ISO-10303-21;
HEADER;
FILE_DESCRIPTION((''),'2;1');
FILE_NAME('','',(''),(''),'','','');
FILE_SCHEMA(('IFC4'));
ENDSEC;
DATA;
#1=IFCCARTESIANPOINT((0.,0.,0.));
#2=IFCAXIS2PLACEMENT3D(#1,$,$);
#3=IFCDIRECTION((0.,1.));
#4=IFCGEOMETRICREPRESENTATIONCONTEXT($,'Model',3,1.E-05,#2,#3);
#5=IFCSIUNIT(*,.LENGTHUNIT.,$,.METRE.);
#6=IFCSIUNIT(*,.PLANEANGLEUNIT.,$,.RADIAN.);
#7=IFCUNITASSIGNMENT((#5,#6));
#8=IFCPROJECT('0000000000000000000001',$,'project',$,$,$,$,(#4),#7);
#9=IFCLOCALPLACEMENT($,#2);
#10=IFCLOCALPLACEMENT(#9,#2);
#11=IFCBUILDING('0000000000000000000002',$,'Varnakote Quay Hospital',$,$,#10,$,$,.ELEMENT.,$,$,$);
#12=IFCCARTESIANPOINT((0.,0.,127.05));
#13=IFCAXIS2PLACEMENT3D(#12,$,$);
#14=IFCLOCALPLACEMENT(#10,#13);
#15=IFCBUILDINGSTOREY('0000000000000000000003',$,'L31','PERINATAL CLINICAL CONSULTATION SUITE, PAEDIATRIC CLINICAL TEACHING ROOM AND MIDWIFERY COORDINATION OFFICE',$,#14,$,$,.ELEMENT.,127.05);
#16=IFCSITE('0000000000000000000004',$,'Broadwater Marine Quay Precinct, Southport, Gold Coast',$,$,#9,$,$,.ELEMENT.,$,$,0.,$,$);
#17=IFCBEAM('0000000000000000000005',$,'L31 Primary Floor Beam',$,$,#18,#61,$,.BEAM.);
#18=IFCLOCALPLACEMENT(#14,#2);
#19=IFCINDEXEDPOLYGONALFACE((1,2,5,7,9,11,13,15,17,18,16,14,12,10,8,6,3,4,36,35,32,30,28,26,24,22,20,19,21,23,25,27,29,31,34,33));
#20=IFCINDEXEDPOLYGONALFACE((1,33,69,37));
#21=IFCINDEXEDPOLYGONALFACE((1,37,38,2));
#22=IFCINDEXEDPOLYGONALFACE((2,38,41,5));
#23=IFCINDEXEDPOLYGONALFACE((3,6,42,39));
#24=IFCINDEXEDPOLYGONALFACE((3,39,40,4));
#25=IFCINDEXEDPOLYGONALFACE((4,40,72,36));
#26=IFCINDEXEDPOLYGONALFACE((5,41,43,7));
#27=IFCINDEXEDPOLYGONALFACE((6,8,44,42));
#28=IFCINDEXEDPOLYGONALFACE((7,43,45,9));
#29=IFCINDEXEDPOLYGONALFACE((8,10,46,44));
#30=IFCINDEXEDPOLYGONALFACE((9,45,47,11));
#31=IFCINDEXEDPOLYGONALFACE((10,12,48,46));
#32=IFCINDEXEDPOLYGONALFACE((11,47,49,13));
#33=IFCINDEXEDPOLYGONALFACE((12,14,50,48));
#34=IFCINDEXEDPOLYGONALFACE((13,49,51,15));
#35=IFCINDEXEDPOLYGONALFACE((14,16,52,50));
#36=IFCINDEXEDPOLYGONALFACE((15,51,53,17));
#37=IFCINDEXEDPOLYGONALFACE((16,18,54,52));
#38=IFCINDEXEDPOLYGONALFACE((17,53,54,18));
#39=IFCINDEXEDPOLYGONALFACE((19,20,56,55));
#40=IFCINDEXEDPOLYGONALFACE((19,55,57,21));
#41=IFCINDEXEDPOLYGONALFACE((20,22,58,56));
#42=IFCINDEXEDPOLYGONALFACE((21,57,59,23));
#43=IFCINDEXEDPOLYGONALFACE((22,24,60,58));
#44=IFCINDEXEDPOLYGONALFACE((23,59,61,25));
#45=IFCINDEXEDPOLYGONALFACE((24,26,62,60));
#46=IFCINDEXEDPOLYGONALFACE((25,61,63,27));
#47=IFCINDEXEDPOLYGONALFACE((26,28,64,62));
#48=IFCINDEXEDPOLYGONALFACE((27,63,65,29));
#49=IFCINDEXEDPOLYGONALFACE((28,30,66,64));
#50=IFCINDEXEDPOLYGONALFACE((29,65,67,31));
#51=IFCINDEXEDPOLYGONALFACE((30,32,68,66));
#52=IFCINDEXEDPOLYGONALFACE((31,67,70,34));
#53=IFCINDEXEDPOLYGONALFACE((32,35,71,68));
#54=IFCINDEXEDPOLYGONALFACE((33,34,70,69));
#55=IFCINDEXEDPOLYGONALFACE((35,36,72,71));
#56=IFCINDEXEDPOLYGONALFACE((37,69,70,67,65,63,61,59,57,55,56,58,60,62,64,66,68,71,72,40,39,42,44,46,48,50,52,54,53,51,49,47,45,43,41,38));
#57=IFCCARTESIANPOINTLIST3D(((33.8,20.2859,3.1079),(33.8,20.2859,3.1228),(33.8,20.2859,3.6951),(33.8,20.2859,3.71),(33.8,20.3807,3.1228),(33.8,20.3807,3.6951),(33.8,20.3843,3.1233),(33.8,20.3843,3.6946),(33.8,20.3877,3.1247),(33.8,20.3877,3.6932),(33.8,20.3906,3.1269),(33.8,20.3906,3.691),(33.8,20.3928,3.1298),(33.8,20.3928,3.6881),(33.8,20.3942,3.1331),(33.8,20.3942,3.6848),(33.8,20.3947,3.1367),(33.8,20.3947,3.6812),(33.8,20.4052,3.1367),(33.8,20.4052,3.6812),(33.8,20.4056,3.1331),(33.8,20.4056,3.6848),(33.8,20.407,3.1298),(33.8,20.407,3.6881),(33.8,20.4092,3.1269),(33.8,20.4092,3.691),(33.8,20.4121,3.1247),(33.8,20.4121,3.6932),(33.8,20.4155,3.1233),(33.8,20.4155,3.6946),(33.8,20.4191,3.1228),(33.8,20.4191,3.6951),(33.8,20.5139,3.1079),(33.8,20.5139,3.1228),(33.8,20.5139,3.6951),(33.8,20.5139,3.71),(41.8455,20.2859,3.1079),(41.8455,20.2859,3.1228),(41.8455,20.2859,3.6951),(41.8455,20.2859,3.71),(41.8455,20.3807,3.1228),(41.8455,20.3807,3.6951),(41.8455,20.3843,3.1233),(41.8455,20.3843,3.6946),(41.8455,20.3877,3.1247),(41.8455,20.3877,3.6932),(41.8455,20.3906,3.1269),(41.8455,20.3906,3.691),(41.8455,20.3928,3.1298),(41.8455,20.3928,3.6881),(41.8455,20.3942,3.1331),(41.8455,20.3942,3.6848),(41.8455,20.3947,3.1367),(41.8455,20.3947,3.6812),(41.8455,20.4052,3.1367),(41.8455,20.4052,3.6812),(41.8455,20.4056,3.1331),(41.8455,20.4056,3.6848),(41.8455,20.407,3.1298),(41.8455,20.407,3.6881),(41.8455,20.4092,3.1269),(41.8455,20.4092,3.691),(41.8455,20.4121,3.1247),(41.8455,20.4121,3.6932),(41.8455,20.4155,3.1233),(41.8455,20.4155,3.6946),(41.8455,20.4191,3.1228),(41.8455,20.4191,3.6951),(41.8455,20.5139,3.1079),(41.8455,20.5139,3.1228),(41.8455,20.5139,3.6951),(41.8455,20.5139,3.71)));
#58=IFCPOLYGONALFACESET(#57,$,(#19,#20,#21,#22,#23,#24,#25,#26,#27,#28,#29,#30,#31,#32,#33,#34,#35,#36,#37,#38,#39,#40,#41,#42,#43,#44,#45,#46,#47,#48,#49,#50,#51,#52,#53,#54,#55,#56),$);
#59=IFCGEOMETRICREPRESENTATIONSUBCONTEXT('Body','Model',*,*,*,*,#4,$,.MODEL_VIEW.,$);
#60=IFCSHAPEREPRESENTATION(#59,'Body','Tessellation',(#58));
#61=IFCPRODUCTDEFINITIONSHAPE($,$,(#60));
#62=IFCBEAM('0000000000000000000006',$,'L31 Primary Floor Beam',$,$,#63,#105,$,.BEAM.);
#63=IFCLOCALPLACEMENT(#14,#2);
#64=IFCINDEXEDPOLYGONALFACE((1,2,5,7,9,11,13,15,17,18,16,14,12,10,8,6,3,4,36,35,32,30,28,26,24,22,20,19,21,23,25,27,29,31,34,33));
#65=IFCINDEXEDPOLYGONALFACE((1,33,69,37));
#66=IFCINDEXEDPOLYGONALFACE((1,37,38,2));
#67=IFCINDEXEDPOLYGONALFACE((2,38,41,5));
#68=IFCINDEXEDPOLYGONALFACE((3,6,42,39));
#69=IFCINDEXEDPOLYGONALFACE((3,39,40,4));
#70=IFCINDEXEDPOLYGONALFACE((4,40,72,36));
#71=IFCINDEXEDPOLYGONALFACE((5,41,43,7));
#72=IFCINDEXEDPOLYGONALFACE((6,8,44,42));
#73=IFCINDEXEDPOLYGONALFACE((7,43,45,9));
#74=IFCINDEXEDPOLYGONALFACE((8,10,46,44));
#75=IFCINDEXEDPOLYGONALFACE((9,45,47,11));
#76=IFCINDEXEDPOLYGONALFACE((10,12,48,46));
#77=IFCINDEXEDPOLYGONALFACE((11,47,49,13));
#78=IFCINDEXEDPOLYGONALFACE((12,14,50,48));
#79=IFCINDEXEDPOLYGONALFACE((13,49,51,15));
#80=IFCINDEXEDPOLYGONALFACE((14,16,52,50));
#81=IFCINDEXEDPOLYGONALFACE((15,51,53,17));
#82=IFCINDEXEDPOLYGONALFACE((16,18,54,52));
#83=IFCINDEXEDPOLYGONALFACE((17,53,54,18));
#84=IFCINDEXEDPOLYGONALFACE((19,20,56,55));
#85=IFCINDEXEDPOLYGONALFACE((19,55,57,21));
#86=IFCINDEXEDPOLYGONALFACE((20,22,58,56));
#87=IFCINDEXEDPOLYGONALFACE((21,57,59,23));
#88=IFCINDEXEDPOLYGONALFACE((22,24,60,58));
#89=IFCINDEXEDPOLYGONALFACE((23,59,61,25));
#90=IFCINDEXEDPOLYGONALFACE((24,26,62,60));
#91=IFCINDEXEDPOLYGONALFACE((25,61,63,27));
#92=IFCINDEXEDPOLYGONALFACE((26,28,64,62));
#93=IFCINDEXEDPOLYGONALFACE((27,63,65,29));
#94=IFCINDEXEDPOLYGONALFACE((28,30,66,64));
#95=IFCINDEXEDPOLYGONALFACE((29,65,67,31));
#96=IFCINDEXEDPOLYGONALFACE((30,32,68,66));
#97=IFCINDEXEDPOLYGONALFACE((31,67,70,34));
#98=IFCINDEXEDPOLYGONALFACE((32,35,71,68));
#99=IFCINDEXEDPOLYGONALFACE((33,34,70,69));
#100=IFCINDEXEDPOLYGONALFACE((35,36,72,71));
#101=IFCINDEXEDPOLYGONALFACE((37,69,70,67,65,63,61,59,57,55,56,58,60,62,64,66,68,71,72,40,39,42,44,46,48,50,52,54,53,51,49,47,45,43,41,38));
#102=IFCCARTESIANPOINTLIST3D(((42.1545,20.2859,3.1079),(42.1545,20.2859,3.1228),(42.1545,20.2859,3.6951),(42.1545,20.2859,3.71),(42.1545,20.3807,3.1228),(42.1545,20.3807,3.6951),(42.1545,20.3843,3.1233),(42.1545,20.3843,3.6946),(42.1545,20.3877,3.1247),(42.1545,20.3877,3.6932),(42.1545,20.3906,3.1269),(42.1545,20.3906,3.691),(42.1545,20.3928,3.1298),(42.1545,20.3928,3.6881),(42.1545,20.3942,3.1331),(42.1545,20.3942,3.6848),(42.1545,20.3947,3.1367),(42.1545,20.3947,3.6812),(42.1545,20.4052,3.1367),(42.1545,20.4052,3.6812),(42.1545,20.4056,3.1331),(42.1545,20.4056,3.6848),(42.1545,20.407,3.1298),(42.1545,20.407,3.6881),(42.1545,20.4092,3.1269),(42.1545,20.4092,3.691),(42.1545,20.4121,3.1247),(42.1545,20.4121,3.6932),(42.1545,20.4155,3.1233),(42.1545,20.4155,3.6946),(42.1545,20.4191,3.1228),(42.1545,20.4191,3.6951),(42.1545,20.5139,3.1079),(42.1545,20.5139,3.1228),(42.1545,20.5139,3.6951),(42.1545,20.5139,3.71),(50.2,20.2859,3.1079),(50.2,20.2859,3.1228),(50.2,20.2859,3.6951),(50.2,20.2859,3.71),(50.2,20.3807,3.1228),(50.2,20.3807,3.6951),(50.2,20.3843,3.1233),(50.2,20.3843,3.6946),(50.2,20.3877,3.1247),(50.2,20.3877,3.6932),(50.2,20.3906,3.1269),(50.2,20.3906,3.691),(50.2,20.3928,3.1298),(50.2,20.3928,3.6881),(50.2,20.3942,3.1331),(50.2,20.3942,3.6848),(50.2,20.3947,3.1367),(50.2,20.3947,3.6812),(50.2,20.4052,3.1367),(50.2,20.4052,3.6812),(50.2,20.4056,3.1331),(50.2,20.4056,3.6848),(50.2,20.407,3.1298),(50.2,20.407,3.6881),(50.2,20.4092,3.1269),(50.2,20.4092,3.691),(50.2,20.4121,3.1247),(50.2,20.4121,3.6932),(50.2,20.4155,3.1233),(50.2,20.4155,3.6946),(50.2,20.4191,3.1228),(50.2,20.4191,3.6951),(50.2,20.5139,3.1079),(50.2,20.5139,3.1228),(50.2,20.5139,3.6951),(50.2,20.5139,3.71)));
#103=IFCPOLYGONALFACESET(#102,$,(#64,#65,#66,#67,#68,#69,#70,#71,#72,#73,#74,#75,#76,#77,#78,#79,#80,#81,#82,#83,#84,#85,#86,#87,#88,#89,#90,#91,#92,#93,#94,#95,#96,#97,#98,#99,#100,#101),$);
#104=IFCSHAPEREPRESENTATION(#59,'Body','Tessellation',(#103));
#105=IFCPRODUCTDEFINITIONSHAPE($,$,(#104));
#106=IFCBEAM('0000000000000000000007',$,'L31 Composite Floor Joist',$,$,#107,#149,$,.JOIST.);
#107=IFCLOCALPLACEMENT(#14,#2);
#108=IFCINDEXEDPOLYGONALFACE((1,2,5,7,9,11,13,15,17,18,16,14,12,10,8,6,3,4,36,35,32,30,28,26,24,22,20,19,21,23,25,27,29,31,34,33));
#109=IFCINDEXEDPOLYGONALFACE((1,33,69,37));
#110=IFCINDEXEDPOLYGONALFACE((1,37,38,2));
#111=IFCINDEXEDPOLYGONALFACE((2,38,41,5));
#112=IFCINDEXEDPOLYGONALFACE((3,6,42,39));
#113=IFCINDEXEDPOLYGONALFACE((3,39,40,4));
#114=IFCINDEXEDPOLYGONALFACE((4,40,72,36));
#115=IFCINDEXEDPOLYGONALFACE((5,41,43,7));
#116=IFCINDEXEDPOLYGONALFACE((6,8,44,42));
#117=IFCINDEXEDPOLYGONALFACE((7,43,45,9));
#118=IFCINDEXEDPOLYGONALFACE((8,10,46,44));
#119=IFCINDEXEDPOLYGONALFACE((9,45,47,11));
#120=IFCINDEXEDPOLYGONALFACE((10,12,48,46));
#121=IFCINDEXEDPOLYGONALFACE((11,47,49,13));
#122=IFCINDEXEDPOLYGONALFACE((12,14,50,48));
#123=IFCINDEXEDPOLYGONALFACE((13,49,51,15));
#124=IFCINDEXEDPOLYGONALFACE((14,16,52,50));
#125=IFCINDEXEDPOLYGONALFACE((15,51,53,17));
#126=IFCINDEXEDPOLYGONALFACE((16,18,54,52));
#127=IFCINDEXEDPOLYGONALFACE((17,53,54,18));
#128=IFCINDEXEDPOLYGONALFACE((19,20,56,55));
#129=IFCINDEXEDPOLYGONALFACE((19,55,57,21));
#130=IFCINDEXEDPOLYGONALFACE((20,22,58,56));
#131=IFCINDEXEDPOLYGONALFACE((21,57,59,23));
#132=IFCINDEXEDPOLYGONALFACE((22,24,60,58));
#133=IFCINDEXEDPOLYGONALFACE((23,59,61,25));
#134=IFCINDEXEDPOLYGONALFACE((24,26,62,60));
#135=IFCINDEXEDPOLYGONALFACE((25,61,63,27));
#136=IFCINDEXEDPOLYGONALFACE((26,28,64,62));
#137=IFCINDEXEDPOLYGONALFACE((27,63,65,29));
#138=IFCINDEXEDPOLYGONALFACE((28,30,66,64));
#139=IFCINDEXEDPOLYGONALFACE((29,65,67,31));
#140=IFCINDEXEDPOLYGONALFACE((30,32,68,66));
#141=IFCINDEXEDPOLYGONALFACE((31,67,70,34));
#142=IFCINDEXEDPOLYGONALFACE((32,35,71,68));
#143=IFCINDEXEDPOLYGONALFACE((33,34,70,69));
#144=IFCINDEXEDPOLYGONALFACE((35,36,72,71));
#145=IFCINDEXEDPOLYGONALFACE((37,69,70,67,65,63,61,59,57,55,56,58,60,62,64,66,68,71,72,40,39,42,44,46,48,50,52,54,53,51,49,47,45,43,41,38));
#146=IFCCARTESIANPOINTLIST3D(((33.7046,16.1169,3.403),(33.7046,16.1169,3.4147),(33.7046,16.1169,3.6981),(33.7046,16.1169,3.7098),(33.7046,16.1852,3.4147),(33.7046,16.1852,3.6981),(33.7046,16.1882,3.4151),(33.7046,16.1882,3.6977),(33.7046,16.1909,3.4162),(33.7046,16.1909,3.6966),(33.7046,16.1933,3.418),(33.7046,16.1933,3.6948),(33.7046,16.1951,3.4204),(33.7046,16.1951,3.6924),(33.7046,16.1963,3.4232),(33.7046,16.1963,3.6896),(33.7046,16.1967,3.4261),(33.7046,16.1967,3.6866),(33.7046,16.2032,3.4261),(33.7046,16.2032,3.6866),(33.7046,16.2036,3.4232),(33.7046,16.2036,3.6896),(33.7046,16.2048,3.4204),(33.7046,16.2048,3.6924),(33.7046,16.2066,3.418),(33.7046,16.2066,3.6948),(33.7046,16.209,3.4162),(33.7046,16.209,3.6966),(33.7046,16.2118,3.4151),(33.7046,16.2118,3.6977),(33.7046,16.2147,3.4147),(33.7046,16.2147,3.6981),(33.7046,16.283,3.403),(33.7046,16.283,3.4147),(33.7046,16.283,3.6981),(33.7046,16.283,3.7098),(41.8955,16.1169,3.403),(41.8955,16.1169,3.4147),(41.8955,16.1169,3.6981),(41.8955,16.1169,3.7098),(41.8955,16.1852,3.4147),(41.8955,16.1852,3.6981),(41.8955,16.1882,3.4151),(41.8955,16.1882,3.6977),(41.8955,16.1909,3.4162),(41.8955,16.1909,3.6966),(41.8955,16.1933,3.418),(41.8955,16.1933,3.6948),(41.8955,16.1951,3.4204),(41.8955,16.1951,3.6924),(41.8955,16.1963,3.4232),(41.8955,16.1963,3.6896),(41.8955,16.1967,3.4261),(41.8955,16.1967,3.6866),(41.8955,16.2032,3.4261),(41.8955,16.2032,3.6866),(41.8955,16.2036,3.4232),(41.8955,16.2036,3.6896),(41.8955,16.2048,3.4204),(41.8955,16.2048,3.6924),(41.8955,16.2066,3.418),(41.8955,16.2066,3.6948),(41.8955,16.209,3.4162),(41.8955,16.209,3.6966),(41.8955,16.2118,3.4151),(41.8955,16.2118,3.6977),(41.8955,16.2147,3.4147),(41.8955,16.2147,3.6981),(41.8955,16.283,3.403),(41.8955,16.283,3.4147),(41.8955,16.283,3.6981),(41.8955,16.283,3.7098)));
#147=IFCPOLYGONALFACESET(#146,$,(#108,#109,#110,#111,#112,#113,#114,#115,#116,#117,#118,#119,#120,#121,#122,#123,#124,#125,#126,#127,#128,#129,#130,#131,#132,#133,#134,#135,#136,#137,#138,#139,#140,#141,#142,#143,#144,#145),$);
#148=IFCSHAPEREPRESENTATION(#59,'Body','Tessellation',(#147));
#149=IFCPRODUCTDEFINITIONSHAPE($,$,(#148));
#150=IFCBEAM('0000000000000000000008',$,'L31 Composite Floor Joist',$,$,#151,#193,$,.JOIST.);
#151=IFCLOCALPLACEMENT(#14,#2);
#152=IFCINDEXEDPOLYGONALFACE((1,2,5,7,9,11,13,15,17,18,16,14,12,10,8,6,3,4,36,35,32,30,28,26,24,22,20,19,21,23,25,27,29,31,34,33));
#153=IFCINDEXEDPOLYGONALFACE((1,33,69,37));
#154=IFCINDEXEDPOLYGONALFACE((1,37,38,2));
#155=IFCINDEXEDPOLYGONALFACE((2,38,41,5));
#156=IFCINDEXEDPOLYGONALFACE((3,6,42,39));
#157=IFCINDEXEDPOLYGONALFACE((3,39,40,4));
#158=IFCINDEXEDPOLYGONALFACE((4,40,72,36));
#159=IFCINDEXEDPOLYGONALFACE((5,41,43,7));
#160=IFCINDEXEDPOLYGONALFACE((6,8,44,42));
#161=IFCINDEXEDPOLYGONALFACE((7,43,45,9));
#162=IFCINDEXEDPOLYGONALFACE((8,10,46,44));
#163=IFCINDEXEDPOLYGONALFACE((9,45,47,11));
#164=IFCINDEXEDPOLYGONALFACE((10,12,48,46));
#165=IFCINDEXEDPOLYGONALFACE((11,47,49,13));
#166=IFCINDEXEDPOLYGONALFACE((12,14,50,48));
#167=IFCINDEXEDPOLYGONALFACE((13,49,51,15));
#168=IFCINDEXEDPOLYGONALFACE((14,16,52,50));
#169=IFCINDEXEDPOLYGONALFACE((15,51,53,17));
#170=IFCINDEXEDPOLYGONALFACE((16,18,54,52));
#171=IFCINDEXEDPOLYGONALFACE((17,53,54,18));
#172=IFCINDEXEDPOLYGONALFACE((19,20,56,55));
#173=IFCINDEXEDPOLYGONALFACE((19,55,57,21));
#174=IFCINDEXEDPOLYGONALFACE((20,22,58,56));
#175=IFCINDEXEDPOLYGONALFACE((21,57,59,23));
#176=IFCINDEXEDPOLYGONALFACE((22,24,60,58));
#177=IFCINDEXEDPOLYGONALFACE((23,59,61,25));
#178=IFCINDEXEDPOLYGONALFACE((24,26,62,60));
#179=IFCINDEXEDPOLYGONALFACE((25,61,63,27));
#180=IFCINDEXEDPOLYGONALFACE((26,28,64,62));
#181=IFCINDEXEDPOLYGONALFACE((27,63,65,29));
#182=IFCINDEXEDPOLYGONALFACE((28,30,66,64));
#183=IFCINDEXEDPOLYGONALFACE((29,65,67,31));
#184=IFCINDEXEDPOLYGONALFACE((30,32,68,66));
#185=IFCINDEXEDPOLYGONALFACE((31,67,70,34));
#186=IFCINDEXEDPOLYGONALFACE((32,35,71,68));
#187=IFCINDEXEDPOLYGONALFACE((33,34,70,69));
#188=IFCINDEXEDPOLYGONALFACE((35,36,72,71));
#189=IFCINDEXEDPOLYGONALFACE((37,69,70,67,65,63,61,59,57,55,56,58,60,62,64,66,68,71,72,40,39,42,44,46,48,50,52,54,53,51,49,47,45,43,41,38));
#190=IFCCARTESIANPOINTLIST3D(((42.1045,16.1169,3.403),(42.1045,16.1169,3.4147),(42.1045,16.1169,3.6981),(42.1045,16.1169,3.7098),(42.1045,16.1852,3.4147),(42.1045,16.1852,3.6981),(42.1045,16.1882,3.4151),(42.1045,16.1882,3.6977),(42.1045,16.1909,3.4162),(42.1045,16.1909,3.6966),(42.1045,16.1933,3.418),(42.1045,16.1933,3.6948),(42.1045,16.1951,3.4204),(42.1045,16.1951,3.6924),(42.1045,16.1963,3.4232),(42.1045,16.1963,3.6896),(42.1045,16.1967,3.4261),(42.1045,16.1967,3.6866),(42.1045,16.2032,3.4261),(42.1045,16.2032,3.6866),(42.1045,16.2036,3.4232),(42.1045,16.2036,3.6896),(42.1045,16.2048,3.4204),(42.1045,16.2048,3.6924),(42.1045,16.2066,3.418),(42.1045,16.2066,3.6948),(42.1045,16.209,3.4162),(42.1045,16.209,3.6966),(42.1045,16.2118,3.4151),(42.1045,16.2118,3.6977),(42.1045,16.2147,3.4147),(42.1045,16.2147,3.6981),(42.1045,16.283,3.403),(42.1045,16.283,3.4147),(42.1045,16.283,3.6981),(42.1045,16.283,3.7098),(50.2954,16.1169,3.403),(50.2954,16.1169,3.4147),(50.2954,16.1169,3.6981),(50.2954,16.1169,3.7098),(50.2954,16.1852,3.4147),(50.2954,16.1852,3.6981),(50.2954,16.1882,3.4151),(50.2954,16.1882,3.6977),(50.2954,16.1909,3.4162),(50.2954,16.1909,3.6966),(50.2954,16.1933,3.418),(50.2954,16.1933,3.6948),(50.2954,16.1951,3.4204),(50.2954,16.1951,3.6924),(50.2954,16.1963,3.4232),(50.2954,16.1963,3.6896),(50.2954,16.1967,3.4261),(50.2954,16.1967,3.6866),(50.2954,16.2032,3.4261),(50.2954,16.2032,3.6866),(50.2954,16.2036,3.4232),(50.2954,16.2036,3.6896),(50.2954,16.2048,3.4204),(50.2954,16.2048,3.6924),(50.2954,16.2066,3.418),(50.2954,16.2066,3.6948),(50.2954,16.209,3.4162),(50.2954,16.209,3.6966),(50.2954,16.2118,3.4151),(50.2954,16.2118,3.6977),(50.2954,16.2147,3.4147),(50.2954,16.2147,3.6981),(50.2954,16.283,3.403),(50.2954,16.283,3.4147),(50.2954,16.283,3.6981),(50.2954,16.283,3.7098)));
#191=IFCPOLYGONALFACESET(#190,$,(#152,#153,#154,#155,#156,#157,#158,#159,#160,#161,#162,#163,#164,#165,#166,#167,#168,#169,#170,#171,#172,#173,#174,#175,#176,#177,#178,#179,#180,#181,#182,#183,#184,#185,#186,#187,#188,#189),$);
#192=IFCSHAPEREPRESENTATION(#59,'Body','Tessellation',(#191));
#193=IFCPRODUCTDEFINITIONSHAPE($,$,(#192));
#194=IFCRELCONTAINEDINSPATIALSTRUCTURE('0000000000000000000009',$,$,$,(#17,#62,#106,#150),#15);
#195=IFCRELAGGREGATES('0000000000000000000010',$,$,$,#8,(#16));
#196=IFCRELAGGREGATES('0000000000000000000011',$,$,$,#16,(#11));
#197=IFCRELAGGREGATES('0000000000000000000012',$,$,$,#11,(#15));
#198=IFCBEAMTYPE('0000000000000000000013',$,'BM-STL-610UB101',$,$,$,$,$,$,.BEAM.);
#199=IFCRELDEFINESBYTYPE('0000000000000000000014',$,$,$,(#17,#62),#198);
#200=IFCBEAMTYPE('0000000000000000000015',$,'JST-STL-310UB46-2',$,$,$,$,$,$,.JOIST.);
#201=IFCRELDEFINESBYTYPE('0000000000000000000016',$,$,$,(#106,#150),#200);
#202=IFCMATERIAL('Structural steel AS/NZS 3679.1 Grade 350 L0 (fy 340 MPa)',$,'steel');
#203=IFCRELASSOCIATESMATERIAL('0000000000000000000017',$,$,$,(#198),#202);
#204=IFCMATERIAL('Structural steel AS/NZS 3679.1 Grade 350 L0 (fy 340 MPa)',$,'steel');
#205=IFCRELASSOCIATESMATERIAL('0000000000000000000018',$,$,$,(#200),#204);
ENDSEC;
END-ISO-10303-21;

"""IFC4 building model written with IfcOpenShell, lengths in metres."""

from ifc_helpers import new_model, si_unit, direction, frame, origin, origin_2d, place, context, subcontext, project, spatial, i_section, extrude, material, material_profile, profile_set, type_object, element, save


model = new_model("IFC4")

# Units and contexts
model_context = context("Model", 3, precision=1e-05, world=origin(), true_north=direction((0.0, 1.0)))
body_context = subcontext(model_context, "Body", "Model", "MODEL_VIEW")
ifc_project = project(units=[si_unit("LENGTHUNIT", "METRE"), si_unit("PLANEANGLEUNIT", "RADIAN")], contexts=[model_context])

# Site, building, storey
site_placement = place(None, origin())
site = spatial("IfcSite", under=ifc_project, at=site_placement, Name="Broadwater Marine Quay Precinct, Southport, Gold Coast", CompositionType="ELEMENT", RefElevation=0.0)
building_placement = place(site_placement, origin())
building = spatial("IfcBuilding", under=site, at=building_placement, Name="Varnakote Quay Hospital", CompositionType="ELEMENT")
storey_placement = place(building_placement, frame((0.0, 0.0, 127.05)))
storey = spatial("IfcBuildingStorey", under=building, at=storey_placement, Name="L31", Description="PERINATAL CLINICAL CONSULTATION SUITE, PAEDIATRIC CLINICAL TEACHING ROOM AND MIDWIFERY COORDINATION OFFICE", CompositionType="ELEMENT", Elevation=127.05)

# Beams
ifc_material_1 = material(Name="Structural steel AS/NZS 3679.1 Grade 350 L0 (fy 340 MPa)", Category="steel")
ifc_material_profile_1 = material_profile(ifc_material_1, i_section(OverallWidth=0.228, OverallDepth=0.6021, WebThickness=0.0105, FlangeThickness=0.0149, FilletRadius=0.0139, at=origin_2d()), Name="610UB101")
ifc_profile_set_1 = profile_set([ifc_material_profile_1], Name="Structural steel AS/NZS 3679.1 Grade 350 L0 (fy 340 MPa)")
beam_type_1 = type_object("IfcBeamType", Name="BM-STL-610UB101", PredefinedType="BEAM", material=ifc_profile_set_1)
for number, where, z_axis, x_axis, name in (
    (1, (33.8, 20.3999, 3.4089), (1.0, 0.0, 0.0), (0.0, 1.0, 0.0), "L31 Primary Floor Beam"),
    (2, (42.1545, 20.3999, 3.4089), (1.0, 0.0, 0.0), (0.0, 1.0, 0.0), "L31 Primary Floor Beam"),
):
    element("IfcBeam", number, at=place(storey_placement, frame(where, z_axis=z_axis, x_axis=x_axis)), inside=storey, type_object=beam_type_1, Name=name, PredefinedType="BEAM", context=body_context, shape_type="SweptSolid", body=[
        extrude(i_section(OverallWidth=0.228, OverallDepth=0.6021, WebThickness=0.0105, FlangeThickness=0.0149, FilletRadius=0.0139, at=origin_2d()), origin(), (0.0, 0.0, 1.0), 8.0454),
    ])
ifc_material_2 = material(Name="Structural steel AS/NZS 3679.1 Grade 350 L0 (fy 340 MPa)", Category="steel")
ifc_material_profile_2 = material_profile(ifc_material_2, i_section(OverallWidth=0.166, OverallDepth=0.3069, WebThickness=0.0066, FlangeThickness=0.0117, FilletRadius=0.0115, at=origin_2d()), Name="310UB46.2")
ifc_profile_set_2 = profile_set([ifc_material_profile_2], Name="Structural steel AS/NZS 3679.1 Grade 350 L0 (fy 340 MPa)")
beam_type_2 = type_object("IfcBeamType", Name="JST-STL-310UB46-2", PredefinedType="JOIST", material=ifc_profile_set_2)
for number, where, z_axis, x_axis, name in (
    (3, (33.7046, 16.2, 3.5564), (1.0, 0.0, 0.0), (0.0, 1.0, 0.0), "L31 Composite Floor Joist"),
    (4, (42.1045, 16.2, 3.5564), (1.0, 0.0, 0.0), (0.0, 1.0, 0.0), "L31 Composite Floor Joist"),
):
    element("IfcBeam", number, at=place(storey_placement, frame(where, z_axis=z_axis, x_axis=x_axis)), inside=storey, type_object=beam_type_2, Name=name, PredefinedType="JOIST", context=body_context, shape_type="SweptSolid", body=[
        extrude(i_section(OverallWidth=0.166, OverallDepth=0.3069, WebThickness=0.0066, FlangeThickness=0.0117, FilletRadius=0.0115, at=origin_2d()), origin(), (0.0, 0.0, 1.0), 8.1909),
    ])

save(model, "model.ifc")
